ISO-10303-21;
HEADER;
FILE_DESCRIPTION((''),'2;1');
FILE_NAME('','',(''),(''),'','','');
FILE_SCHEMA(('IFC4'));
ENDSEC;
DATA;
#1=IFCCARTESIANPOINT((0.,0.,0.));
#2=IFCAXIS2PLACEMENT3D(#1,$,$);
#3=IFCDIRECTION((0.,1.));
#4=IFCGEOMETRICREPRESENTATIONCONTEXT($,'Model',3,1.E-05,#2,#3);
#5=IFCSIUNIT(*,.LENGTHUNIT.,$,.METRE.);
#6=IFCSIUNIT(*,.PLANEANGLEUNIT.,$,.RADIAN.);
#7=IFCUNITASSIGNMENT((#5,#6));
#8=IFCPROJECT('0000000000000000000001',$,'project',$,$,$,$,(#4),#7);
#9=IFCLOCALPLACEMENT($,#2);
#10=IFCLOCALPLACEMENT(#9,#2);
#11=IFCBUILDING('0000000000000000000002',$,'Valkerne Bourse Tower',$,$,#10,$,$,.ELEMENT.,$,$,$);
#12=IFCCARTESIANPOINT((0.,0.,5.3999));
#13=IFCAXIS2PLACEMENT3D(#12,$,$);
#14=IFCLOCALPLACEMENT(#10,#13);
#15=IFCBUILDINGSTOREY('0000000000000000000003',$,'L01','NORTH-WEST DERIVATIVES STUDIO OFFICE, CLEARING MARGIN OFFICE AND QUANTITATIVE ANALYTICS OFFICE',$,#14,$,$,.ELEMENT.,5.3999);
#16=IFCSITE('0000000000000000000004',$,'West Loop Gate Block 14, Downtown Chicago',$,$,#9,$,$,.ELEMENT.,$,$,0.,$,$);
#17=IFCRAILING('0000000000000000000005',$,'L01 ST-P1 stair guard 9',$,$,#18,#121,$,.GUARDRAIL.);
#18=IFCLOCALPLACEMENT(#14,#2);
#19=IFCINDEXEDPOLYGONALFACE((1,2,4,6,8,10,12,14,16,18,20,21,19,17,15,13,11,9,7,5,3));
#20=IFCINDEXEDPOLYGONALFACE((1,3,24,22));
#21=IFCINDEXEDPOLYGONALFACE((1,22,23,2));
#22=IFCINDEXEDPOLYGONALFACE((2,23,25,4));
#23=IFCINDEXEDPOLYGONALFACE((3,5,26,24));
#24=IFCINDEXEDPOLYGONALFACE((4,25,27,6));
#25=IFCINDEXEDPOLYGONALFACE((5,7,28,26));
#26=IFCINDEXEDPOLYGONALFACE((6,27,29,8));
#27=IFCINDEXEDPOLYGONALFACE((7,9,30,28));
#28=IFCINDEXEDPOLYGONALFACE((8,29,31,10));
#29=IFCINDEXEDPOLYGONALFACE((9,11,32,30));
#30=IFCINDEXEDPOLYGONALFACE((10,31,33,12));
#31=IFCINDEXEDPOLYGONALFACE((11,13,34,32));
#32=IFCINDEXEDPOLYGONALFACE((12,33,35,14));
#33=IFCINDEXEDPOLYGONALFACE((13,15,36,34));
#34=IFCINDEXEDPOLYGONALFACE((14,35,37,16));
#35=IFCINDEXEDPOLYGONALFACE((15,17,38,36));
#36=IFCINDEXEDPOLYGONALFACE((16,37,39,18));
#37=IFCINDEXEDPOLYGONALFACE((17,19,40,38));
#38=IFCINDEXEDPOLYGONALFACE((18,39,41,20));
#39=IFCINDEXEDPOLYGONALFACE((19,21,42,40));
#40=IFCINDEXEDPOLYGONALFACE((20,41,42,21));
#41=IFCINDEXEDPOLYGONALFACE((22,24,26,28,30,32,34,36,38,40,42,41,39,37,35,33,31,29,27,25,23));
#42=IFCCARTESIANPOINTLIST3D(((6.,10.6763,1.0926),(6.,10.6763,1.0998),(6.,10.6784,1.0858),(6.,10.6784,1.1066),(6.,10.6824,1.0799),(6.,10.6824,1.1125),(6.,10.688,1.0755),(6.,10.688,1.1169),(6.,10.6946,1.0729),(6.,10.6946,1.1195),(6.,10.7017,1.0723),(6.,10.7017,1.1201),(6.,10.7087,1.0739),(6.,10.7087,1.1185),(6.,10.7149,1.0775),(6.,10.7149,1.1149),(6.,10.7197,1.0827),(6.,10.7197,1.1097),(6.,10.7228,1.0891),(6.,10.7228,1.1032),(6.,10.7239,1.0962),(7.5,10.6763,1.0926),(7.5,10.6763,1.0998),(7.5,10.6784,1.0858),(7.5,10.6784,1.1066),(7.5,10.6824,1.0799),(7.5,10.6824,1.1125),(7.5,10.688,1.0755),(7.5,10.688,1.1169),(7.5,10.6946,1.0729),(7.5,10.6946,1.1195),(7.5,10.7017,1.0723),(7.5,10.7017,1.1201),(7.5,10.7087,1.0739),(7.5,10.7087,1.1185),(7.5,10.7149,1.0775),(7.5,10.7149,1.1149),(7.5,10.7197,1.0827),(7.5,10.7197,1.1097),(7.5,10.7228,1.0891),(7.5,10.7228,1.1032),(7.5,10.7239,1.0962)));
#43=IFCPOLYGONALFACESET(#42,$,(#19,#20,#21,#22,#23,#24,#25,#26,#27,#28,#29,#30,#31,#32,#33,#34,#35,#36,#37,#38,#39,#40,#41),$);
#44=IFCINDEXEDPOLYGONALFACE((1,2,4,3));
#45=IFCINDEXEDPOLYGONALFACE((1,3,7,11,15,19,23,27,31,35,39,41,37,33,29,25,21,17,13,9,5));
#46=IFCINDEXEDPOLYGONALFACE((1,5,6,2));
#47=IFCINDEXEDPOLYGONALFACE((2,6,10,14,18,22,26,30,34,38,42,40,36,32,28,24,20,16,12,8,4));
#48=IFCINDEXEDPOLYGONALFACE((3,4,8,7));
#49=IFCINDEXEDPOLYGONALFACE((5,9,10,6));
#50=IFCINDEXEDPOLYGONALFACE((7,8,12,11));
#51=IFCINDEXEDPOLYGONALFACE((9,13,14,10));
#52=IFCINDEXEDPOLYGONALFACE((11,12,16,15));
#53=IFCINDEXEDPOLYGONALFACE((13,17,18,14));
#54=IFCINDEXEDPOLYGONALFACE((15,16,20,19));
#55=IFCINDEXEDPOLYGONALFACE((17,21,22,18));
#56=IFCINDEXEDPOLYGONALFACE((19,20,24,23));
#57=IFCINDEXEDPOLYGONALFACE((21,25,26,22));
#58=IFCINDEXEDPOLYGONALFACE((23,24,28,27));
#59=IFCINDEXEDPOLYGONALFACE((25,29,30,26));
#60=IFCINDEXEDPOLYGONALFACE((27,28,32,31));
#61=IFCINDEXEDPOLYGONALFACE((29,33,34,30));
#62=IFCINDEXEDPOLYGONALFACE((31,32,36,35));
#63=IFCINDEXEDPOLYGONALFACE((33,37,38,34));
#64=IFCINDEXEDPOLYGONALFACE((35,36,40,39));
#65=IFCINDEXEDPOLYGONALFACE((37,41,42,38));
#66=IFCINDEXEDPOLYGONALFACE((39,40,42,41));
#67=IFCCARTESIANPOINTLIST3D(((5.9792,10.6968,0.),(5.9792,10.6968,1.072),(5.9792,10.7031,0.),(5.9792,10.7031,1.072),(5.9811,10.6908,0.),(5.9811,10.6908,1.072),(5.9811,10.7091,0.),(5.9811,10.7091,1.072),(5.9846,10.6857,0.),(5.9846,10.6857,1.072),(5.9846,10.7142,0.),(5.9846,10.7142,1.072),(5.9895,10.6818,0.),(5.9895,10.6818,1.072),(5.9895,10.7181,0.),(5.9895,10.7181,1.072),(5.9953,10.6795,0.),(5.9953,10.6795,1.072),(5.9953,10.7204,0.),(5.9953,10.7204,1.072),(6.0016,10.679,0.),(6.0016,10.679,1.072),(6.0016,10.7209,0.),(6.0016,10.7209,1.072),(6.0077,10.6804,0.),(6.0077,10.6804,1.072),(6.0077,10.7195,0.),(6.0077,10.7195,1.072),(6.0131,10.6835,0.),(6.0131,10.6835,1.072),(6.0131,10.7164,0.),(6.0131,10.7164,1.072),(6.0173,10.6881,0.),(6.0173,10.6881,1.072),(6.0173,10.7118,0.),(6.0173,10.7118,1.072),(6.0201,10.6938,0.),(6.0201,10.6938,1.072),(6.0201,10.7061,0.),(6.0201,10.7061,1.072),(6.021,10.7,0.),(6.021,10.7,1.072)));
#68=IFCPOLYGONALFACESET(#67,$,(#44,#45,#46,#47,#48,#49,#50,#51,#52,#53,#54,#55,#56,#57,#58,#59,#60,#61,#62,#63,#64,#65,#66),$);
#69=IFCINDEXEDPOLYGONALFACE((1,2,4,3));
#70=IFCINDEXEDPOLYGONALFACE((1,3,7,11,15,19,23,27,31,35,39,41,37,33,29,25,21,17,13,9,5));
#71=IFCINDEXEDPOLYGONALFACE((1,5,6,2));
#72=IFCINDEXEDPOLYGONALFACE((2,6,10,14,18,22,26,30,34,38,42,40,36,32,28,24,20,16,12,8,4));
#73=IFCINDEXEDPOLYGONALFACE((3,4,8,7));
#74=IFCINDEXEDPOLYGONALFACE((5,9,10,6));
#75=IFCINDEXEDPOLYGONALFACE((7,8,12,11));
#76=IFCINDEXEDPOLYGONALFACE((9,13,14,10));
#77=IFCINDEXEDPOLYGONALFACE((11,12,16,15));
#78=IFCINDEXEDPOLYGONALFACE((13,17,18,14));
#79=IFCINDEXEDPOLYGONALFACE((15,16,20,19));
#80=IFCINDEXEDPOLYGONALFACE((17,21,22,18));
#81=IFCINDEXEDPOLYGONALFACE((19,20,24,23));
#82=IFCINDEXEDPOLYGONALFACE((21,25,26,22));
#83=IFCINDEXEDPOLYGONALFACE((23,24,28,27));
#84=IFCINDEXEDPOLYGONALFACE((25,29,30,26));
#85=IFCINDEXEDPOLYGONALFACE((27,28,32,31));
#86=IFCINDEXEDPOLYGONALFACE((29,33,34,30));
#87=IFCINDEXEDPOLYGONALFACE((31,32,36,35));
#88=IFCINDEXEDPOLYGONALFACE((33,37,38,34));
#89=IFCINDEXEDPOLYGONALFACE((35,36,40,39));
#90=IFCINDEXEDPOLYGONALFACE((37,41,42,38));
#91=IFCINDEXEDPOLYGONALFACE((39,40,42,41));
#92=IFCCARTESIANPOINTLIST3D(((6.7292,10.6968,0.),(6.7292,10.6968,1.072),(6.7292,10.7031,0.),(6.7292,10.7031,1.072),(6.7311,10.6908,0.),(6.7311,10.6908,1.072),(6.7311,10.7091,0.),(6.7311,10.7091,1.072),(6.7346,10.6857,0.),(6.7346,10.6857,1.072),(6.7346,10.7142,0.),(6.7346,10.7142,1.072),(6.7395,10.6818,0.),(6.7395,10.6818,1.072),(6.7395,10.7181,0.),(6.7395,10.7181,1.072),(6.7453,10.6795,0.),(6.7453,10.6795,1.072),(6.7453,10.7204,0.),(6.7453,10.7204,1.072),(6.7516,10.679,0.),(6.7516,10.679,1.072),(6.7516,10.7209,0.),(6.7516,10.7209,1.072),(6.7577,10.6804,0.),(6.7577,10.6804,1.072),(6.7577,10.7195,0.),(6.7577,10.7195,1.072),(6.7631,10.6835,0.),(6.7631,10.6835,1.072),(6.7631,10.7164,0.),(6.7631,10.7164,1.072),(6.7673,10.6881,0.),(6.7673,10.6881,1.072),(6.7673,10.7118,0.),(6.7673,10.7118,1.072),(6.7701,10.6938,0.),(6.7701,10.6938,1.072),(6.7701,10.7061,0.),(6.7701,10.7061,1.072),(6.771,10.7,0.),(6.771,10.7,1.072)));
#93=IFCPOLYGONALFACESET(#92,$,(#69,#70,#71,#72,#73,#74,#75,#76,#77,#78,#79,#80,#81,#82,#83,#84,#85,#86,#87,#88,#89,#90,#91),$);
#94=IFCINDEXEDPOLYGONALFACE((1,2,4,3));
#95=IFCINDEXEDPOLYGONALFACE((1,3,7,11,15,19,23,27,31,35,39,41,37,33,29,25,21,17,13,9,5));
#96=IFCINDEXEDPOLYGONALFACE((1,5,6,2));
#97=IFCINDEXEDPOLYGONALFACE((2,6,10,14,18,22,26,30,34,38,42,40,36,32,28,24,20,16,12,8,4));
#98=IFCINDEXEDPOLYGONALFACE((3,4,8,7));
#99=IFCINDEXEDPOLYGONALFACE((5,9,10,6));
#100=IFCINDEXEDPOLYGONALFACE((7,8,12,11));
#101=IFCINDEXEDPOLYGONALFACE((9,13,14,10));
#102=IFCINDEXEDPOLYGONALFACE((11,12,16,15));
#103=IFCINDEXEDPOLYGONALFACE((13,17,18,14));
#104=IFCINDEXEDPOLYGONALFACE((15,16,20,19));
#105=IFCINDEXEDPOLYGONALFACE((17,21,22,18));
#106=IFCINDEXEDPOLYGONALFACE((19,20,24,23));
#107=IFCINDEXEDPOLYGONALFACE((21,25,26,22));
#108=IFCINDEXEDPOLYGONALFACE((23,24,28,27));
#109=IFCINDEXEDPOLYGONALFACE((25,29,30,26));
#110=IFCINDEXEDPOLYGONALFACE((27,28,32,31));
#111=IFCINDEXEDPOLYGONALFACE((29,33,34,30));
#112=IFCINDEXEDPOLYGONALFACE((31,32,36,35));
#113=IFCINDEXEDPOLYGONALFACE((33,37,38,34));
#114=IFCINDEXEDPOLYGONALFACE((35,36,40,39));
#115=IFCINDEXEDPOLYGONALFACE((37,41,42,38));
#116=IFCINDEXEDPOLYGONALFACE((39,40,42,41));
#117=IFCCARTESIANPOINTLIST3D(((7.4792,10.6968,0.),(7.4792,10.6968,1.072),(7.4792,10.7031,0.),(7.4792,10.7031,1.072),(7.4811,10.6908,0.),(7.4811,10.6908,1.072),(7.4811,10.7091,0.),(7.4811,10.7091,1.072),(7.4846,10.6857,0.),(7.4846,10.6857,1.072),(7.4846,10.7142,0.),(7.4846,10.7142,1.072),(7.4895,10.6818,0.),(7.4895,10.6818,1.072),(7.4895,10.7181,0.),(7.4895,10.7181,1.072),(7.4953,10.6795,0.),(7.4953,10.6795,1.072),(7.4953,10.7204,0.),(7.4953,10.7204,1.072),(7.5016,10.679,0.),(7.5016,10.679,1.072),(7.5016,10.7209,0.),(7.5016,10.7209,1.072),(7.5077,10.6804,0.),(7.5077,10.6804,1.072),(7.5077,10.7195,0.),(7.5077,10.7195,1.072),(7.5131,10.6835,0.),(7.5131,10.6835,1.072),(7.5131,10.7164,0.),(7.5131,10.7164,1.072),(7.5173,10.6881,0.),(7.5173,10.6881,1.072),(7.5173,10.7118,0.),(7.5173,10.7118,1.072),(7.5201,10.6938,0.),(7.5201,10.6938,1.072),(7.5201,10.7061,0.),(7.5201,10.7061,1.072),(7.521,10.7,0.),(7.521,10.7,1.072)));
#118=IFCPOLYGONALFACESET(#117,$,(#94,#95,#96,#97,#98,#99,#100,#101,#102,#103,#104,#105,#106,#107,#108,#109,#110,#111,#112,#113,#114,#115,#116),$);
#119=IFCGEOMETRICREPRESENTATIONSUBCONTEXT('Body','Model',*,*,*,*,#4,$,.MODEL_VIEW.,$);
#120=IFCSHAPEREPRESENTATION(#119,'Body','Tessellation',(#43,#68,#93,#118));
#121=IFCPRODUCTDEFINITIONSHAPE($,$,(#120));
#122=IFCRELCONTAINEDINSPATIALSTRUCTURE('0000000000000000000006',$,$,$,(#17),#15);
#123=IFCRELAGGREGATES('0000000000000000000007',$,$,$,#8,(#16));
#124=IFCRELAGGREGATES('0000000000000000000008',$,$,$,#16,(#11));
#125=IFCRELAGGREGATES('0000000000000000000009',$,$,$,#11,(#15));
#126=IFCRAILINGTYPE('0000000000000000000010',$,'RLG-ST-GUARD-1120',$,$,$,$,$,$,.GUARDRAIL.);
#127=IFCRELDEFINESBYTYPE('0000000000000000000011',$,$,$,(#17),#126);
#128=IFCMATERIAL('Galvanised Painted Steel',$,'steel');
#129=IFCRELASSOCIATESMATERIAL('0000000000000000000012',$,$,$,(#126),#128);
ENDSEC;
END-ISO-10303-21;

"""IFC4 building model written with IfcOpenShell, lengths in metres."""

from ifc_helpers import new_model, si_unit, direction, frame, origin, origin_2d, place, context, subcontext, project, spatial, circle, extrude, material, type_object, element, save


model = new_model("IFC4")

# Units and contexts
model_context = context("Model", 3, precision=1e-05, world=origin(), true_north=direction((0.0, 1.0)))
body_context = subcontext(model_context, "Body", "Model", "MODEL_VIEW")
ifc_project = project(units=[si_unit("LENGTHUNIT", "METRE"), si_unit("PLANEANGLEUNIT", "RADIAN")], contexts=[model_context])

# Site, building, storey
site_placement = place(None, origin())
site = spatial("IfcSite", under=ifc_project, at=site_placement, Name="West Loop Gate Block 14, Downtown Chicago", CompositionType="ELEMENT", RefElevation=0.0)
building_placement = place(site_placement, origin())
building = spatial("IfcBuilding", under=site, at=building_placement, Name="Valkerne Bourse Tower", CompositionType="ELEMENT")
storey_placement = place(building_placement, frame((0.0, 0.0, 5.3999)))
storey = spatial("IfcBuildingStorey", under=building, at=storey_placement, Name="L01", Description="NORTH-WEST DERIVATIVES STUDIO OFFICE, CLEARING MARGIN OFFICE AND QUANTITATIVE ANALYTICS OFFICE", CompositionType="ELEMENT", Elevation=5.3999)

# Shared definitions
ifc_material_1 = material(Name="Galvanised Painted Steel", Category="steel")

# Railing
railing_type_1 = type_object("IfcRailingType", Name="RLG-ST-GUARD-1120", PredefinedType="GUARDRAIL", material=ifc_material_1)
railing_1_placement = place(storey_placement, frame((6.0, 10.7, 0.0)))
element("IfcRailing", 1, at=railing_1_placement, inside=storey, type_object=railing_type_1, Name="L01 ST-P1 stair guard 9", PredefinedType="GUARDRAIL", context=body_context, shape_type="SweptSolid", body=[
    extrude(circle(Radius=0.0239, at=origin_2d()), frame((0.0, 0.0, 1.0962), z_axis=(1.0, 0.0, 0.0), x_axis=(0.0, 1.0, 0.0)), (0.0, 0.0, 1.0), 1.5),
    extrude(circle(Radius=0.021, at=origin_2d()), origin(), (0.0, 0.0, 1.0), 1.072),
    extrude(circle(Radius=0.021, at=origin_2d()), frame((0.75, 0.0, 0.0)), (0.0, 0.0, 1.0), 1.072),
    extrude(circle(Radius=0.021, at=origin_2d()), frame((1.5, 0.0, 0.0)), (0.0, 0.0, 1.0), 1.072),
])

save(model, "model.ifc")
